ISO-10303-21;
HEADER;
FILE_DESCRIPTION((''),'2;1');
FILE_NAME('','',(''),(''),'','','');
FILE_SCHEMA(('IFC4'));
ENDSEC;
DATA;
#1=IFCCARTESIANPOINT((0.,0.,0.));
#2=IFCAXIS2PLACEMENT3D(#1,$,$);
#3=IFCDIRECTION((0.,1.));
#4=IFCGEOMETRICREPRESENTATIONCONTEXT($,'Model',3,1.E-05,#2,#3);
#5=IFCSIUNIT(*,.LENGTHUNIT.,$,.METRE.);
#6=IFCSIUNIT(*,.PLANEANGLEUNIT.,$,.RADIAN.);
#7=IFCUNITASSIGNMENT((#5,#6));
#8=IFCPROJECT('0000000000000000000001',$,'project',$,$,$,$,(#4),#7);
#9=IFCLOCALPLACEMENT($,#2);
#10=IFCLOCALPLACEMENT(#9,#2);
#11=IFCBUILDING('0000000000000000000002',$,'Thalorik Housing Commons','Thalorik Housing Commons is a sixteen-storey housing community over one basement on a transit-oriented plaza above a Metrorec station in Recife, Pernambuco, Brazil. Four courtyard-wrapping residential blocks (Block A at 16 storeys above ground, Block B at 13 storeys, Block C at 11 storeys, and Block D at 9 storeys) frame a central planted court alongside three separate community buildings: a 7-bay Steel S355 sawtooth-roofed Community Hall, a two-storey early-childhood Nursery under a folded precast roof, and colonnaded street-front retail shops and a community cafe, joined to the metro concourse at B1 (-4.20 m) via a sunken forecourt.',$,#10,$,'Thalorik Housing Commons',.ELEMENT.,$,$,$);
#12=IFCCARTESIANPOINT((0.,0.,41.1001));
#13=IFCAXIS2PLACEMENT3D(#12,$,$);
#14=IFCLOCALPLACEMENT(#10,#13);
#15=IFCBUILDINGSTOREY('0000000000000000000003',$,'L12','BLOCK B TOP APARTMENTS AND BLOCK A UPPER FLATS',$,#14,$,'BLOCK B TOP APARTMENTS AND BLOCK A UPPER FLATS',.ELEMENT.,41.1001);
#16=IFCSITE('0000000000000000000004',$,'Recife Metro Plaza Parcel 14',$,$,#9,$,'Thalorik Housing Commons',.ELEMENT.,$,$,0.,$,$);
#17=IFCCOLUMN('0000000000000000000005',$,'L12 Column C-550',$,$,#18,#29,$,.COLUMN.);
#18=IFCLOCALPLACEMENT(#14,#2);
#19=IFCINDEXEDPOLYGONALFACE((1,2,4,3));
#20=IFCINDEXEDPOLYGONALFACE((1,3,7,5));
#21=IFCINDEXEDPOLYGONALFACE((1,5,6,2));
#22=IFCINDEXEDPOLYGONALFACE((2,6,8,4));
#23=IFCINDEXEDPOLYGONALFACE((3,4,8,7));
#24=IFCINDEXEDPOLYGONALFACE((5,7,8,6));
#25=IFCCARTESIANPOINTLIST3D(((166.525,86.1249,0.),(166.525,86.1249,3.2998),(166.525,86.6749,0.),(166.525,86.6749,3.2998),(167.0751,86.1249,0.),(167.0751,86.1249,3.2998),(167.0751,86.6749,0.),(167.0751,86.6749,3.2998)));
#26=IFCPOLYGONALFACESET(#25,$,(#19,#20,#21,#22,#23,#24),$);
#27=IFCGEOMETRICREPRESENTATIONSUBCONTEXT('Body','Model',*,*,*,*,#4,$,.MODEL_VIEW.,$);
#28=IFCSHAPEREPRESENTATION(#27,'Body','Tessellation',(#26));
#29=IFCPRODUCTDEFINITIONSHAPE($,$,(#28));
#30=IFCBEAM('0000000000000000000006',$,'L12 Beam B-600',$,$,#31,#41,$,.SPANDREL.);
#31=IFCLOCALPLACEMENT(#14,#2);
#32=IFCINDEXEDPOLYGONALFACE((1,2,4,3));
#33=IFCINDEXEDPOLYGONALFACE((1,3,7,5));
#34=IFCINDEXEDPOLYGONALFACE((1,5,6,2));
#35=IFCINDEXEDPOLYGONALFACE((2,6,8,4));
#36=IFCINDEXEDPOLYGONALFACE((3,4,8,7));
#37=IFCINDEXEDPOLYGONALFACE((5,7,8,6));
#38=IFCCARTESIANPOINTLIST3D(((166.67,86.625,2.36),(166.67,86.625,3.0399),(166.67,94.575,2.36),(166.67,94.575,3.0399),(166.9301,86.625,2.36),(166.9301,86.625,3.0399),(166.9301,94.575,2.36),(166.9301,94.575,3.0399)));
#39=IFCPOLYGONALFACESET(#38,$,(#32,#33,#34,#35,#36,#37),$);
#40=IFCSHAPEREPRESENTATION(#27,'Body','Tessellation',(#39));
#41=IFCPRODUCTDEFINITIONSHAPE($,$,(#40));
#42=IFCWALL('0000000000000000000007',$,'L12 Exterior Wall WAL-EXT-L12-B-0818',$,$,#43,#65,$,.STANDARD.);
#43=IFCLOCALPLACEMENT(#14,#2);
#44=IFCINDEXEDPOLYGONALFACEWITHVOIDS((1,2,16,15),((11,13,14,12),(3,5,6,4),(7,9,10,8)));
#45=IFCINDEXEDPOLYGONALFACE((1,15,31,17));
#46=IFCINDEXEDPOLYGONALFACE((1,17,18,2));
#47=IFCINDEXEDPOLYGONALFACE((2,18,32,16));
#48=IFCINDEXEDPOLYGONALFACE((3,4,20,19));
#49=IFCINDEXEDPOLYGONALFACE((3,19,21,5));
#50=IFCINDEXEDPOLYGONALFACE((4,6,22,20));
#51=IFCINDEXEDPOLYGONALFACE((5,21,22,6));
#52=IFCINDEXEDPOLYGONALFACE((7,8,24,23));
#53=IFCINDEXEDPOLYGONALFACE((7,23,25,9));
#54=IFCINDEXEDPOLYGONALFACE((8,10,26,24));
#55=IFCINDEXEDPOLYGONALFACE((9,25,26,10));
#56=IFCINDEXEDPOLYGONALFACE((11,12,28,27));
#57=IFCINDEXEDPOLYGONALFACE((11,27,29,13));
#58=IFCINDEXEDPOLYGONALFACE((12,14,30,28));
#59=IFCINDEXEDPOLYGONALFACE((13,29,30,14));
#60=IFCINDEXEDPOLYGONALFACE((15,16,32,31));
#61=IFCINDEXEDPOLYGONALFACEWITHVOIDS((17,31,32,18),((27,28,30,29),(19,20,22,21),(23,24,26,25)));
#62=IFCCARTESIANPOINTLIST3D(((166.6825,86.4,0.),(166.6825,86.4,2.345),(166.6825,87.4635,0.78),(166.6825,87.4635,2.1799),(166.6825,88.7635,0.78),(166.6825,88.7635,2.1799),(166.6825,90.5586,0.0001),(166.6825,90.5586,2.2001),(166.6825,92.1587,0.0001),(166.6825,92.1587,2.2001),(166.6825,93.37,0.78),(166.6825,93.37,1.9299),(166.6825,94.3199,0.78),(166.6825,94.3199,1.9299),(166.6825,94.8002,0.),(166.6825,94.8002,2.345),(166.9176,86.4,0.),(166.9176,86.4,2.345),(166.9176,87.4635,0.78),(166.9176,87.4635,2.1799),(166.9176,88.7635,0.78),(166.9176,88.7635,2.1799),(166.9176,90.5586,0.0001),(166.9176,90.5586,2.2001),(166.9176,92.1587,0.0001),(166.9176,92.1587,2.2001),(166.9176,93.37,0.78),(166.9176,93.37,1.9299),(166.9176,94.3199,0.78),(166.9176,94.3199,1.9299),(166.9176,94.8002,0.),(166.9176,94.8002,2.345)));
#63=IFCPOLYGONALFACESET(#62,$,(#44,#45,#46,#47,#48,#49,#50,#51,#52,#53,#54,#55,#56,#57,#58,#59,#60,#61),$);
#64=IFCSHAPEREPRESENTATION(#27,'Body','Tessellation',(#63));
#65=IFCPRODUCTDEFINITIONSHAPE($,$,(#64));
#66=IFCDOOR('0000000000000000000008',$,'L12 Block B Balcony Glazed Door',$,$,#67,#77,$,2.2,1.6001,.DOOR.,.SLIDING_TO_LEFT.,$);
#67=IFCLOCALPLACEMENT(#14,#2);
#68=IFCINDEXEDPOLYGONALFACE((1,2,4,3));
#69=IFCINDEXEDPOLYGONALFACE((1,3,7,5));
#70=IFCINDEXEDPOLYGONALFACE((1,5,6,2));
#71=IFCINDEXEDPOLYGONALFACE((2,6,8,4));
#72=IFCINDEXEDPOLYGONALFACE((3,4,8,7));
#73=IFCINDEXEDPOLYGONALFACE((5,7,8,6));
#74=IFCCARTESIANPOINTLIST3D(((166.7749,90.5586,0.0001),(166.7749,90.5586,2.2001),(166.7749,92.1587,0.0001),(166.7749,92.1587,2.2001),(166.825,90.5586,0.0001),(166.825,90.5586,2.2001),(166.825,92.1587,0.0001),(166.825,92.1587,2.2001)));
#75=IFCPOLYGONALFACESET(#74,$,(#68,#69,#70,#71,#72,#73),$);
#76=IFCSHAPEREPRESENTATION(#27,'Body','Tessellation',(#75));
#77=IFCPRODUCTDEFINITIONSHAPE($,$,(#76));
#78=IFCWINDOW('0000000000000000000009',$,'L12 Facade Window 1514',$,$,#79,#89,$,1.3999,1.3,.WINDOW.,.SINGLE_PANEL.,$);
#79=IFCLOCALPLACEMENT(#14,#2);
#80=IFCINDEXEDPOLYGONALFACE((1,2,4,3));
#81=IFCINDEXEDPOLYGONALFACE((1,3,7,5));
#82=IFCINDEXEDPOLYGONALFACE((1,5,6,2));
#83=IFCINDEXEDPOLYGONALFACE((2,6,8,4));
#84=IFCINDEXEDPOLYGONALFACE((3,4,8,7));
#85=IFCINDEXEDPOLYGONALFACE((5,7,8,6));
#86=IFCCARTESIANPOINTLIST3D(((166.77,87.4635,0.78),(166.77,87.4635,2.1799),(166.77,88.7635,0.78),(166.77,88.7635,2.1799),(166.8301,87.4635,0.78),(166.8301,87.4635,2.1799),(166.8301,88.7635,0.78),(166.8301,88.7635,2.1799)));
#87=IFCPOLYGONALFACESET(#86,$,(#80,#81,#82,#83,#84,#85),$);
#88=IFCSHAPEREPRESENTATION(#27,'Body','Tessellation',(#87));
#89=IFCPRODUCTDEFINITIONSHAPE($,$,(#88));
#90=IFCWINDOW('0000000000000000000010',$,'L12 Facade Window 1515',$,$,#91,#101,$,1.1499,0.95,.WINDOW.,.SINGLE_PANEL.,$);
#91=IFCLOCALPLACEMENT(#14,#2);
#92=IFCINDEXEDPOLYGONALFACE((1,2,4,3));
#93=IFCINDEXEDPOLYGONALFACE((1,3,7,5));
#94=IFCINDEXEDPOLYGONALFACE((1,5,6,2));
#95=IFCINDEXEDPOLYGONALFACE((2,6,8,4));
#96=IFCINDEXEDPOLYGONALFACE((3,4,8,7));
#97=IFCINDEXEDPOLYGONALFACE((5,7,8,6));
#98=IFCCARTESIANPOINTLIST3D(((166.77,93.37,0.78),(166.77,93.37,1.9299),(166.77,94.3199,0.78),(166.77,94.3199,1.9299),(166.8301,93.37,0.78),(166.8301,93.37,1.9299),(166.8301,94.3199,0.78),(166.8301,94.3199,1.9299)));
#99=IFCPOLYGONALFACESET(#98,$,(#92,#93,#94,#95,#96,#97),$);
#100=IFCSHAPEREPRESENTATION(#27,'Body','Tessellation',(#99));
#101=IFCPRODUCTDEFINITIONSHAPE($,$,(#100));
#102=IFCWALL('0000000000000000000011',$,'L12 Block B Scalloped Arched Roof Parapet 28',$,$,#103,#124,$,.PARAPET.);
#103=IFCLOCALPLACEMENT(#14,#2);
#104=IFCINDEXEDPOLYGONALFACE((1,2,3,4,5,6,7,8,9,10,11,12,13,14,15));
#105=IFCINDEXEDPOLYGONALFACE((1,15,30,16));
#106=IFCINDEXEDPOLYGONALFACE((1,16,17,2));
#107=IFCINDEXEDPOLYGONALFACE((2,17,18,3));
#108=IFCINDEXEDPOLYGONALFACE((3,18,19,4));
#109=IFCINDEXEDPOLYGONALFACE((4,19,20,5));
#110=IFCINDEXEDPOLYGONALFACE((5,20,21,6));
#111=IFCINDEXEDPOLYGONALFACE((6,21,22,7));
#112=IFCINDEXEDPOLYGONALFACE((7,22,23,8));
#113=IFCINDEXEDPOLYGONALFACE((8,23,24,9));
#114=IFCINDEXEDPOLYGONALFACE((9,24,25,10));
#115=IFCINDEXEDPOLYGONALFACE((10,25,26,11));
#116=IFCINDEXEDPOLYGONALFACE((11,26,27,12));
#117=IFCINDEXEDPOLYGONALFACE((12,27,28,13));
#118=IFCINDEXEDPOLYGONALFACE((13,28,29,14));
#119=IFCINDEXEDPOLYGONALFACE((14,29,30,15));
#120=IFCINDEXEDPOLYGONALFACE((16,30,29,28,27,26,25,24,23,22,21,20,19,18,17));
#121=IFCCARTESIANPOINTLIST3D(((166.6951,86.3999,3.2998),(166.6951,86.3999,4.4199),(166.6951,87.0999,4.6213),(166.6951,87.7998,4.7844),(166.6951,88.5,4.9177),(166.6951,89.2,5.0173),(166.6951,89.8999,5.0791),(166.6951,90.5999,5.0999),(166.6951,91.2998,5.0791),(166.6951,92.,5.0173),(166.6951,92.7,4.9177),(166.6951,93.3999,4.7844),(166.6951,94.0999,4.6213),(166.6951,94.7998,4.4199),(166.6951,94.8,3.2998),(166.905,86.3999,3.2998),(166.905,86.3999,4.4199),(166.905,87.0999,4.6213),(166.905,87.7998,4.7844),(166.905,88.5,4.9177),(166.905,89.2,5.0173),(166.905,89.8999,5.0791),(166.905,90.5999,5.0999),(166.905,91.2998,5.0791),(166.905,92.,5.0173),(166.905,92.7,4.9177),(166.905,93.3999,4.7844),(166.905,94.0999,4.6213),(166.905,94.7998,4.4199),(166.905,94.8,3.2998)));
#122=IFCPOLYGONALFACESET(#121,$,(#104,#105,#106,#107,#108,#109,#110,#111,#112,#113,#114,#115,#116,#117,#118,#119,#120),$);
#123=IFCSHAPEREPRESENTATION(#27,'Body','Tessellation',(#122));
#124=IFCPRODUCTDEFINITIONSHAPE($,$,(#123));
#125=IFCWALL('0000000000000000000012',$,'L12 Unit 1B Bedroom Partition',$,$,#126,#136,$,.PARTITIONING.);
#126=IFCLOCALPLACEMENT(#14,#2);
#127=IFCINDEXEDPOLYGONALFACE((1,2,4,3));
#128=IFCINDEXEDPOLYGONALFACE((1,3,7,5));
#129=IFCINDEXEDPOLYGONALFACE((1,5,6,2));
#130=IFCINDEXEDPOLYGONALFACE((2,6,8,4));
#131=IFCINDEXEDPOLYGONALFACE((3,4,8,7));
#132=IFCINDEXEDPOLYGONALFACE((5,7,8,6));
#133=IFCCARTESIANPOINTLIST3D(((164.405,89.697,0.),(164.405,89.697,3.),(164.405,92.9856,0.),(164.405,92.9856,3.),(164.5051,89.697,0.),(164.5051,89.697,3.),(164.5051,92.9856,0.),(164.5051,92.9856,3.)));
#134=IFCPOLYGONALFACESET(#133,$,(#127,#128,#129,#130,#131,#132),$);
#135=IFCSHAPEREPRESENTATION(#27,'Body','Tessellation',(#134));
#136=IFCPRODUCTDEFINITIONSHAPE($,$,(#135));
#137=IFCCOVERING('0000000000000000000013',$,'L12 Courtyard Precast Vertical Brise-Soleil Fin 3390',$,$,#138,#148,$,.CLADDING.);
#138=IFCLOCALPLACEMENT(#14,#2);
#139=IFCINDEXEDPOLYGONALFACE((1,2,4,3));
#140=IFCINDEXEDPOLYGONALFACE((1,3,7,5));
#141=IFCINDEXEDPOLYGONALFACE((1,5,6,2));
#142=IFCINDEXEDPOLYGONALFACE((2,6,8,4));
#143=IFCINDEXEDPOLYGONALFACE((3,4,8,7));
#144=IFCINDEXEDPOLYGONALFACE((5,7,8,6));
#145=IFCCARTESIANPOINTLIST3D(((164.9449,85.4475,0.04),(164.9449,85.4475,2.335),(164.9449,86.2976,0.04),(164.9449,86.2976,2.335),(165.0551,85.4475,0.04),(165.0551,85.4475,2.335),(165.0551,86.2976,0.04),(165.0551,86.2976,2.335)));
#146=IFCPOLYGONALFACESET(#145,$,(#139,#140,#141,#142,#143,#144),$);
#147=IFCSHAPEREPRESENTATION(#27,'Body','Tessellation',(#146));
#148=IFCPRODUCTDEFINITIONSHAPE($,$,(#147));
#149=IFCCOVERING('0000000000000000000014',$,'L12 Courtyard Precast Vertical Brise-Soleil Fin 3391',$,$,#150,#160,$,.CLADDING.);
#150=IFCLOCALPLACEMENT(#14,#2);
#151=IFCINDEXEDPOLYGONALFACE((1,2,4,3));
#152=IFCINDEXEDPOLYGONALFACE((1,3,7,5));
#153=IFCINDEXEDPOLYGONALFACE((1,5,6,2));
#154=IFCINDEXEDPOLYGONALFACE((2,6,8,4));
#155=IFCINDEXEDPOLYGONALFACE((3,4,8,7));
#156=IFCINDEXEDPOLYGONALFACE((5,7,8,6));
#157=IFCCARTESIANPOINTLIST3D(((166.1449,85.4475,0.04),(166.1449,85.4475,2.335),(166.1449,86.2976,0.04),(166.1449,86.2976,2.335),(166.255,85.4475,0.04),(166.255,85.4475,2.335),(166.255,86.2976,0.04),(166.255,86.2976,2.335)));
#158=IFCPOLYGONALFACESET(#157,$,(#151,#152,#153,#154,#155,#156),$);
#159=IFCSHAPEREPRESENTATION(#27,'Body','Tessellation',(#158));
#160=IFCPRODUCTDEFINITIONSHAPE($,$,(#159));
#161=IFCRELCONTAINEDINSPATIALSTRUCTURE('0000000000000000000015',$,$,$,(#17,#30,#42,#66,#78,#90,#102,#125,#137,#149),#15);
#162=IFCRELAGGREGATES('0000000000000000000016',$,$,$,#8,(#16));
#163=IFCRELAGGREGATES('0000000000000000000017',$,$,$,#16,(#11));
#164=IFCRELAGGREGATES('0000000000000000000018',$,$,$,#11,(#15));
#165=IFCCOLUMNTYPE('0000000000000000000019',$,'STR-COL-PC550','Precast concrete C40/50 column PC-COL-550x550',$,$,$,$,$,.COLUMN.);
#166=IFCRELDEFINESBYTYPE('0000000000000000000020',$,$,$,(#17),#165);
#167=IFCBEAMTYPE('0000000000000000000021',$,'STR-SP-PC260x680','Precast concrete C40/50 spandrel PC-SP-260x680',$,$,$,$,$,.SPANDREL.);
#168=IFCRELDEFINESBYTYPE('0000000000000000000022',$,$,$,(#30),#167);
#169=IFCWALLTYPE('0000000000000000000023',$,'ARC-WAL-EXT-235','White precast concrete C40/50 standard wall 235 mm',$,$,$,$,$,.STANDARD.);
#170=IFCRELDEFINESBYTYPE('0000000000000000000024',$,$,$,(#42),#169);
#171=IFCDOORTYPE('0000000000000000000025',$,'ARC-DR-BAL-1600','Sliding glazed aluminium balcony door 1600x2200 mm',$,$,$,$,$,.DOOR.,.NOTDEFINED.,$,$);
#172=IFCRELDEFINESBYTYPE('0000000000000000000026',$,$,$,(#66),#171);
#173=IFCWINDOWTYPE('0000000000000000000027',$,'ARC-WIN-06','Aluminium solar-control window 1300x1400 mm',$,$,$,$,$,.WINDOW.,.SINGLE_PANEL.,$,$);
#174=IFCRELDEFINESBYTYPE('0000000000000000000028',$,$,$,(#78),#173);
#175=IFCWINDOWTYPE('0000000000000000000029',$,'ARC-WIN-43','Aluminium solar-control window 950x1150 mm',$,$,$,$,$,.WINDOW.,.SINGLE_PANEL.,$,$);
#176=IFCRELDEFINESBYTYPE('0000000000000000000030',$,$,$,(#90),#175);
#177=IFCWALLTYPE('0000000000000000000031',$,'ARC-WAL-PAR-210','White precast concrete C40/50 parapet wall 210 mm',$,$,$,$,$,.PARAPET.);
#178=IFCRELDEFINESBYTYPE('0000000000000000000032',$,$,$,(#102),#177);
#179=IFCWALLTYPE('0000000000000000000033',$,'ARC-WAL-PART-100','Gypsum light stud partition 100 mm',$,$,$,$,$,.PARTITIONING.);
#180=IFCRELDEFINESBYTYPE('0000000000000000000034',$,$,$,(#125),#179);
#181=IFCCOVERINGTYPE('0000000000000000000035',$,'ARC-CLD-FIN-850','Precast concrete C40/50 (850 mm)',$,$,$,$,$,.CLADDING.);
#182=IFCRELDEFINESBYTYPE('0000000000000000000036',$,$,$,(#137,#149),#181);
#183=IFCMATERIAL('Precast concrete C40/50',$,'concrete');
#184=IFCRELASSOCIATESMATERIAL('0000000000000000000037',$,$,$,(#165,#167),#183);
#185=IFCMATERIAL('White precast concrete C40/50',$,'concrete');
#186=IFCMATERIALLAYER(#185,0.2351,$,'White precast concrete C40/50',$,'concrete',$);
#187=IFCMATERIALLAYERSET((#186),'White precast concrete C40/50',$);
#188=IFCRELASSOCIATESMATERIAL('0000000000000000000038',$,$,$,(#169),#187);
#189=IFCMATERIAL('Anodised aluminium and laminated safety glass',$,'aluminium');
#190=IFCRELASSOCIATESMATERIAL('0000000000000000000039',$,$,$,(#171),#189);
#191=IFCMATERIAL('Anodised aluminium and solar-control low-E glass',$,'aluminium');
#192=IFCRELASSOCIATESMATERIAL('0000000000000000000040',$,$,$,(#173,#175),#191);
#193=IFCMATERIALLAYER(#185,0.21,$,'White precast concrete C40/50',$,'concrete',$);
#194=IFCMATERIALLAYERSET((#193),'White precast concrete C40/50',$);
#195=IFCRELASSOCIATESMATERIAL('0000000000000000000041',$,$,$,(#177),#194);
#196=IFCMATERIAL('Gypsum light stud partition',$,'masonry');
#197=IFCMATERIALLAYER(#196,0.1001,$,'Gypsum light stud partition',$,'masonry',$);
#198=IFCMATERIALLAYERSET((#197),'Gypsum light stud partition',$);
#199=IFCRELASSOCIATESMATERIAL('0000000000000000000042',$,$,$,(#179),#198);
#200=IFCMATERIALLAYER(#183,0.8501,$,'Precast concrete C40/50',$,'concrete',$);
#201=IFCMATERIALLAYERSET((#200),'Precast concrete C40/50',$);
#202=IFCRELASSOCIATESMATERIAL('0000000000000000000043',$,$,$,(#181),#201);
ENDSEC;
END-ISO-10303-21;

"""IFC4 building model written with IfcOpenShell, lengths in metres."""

from ifc_helpers import new_model, si_unit, direction, frame, frame_2d, origin, origin_2d, place, context, subcontext, project, spatial, polyline, rectangle, outline, extrude, material, layer, layer_set, material_profile, profile_set, type_object, element, fill, save


model = new_model("IFC4")

# Units and contexts
model_context = context("Model", 3, precision=1e-05, world=origin(), true_north=direction((0.0, 1.0)))
body_context = subcontext(model_context, "Body", "Model", "MODEL_VIEW")
ifc_project = project(units=[si_unit("LENGTHUNIT", "METRE"), si_unit("PLANEANGLEUNIT", "RADIAN")], contexts=[model_context])

# Site, building, storey
site_placement = place(None, origin())
site = spatial("IfcSite", under=ifc_project, at=site_placement, Name="Recife Metro Plaza Parcel 14", LongName="Thalorik Housing Commons", CompositionType="ELEMENT", RefElevation=0.0)
building_placement = place(site_placement, origin())
building = spatial("IfcBuilding", under=site, at=building_placement, Name="Thalorik Housing Commons", Description="Thalorik Housing Commons is a sixteen-storey housing community over one basement on a transit-oriented plaza above a Metrorec station in Recife, Pernambuco, Brazil. Four courtyard-wrapping residential blocks (Block A at 16 storeys above ground, Block B at 13 storeys, Block C at 11 storeys, and Block D at 9 storeys) frame a central planted court alongside three separate community buildings: a 7-bay Steel S355 sawtooth-roofed Community Hall, a two-storey early-childhood Nursery under a folded precast roof, and colonnaded street-front retail shops and a community cafe, joined to the metro concourse at B1 (-4.20 m) via a sunken forecourt.", LongName="Thalorik Housing Commons", CompositionType="ELEMENT")
storey_placement = place(building_placement, frame((0.0, 0.0, 41.1001)))
storey = spatial("IfcBuildingStorey", under=building, at=storey_placement, Name="L12", Description="BLOCK B TOP APARTMENTS AND BLOCK A UPPER FLATS", LongName="BLOCK B TOP APARTMENTS AND BLOCK A UPPER FLATS", CompositionType="ELEMENT", Elevation=41.1001)

# Column
ifc_material_1 = material(Name="Precast concrete C40/50", Category="concrete")
ifc_material_profile_1 = material_profile(ifc_material_1, rectangle(XDim=0.55, YDim=0.55, at=origin_2d()), Name="PC 550x550", Category="concrete")
ifc_profile_set_1 = profile_set([ifc_material_profile_1], Name="Precast concrete C40/50")
column_type = type_object("IfcColumnType", Name="STR-COL-PC550", Description="Precast concrete C40/50 column PC-COL-550x550", PredefinedType="COLUMN", material=ifc_profile_set_1)
column_placement = place(storey_placement, frame((166.8, 86.3999, 0.0), z_axis=(0.0, 0.0, 1.0), x_axis=(1.0, 0.0, 0.0)))
element("IfcColumn", 1, at=column_placement, inside=storey, type_object=column_type, Name="L12 Column C-550", PredefinedType="COLUMN", context=body_context, shape_type="SweptSolid", body=[
    extrude(rectangle(XDim=0.55, YDim=0.55, at=origin_2d()), origin(), (0.0, 0.0, 1.0), 3.2998),
])

# Beam
ifc_material_profile_2 = material_profile(ifc_material_1, rectangle(XDim=0.26, YDim=0.6799, at=origin_2d()), Name="PC SP 260x680", Category="concrete")
ifc_profile_set_2 = profile_set([ifc_material_profile_2], Name="Precast concrete C40/50")
beam_type = type_object("IfcBeamType", Name="STR-SP-PC260x680", Description="Precast concrete C40/50 spandrel PC-SP-260x680", PredefinedType="SPANDREL", material=ifc_profile_set_2)
beam_placement = place(storey_placement, frame((166.8, 86.625, 2.7), z_axis=(0.0, 1.0, 0.0), x_axis=(-1.0, 0.0, 0.0)))
element("IfcBeam", 2, at=beam_placement, inside=storey, type_object=beam_type, Name="L12 Beam B-600", PredefinedType="SPANDREL", context=body_context, shape_type="SweptSolid", body=[
    extrude(rectangle(XDim=0.26, YDim=0.6799, at=origin_2d()), origin(), (0.0, 0.0, 1.0), 7.95),
])

# Wall, openings, door, windows
ifc_material_2 = material(Name="White precast concrete C40/50", Category="concrete")
ifc_layer_1 = layer(ifc_material_2, 0.2351, Name="White precast concrete C40/50", Category="concrete")
ifc_layer_set_1 = layer_set([ifc_layer_1], Name="White precast concrete C40/50")
wall_type_1 = type_object("IfcWallType", Name="ARC-WAL-EXT-235", Description="White precast concrete C40/50 standard wall 235 mm", PredefinedType="STANDARD", material=ifc_layer_set_1)
wall_1_placement = place(storey_placement, frame((166.8, 86.3999, 0.0), z_axis=(0.0, 0.0, 1.0), x_axis=(0.0, 1.0, 0.0)))
wall_1 = element("IfcWall", 3, at=wall_1_placement, inside=storey, type_object=wall_type_1, Name="L12 Exterior Wall WAL-EXT-L12-B-0818", PredefinedType="STANDARD", context=body_context, shape_type="SweptSolid", body=[
    extrude(rectangle(XDim=8.4001, YDim=0.2351, at=frame_2d((4.2002, 0.0))), origin(), (0.0, 0.0, 1.0), 2.345),
])
opening_1_placement = place(wall_1_placement, frame((4.1587, 0.0, 0.0)))
opening_1 = element("IfcOpeningElement", 4, at=opening_1_placement, cuts=wall_1, PredefinedType="OPENING", context=body_context, shape_type="SweptSolid", body=[
    extrude(rectangle(XDim=1.6001, YDim=2.2, at=frame_2d((0.8, 1.1001))), frame((0.0, 0.1274, 0.0), z_axis=(0.0, -1.0, 0.0), x_axis=(1.0, 0.0, 0.0)), (0.0, 0.0, 1.0), 0.2551),
])
opening_2_placement = place(wall_1_placement, frame((1.0637, 0.0, 0.78)))
opening_2 = element("IfcOpeningElement", 5, at=opening_2_placement, cuts=wall_1, PredefinedType="OPENING", context=body_context, shape_type="SweptSolid", body=[
    extrude(rectangle(XDim=1.3, YDim=1.3999, at=frame_2d((0.6499, 0.7))), frame((0.0, 0.1274, 0.0), z_axis=(0.0, -1.0, 0.0), x_axis=(1.0, 0.0, 0.0)), (0.0, 0.0, 1.0), 0.2551),
])
opening_3_placement = place(wall_1_placement, frame((6.97, 0.0, 0.78)))
opening_3 = element("IfcOpeningElement", 6, at=opening_3_placement, cuts=wall_1, PredefinedType="OPENING", context=body_context, shape_type="SweptSolid", body=[
    extrude(rectangle(XDim=0.95, YDim=1.1499, at=frame_2d((0.4751, 0.575))), frame((0.0, 0.1274, 0.0), z_axis=(0.0, -1.0, 0.0), x_axis=(1.0, 0.0, 0.0)), (0.0, 0.0, 1.0), 0.2551),
])
ifc_material_3 = material(Name="Anodised aluminium and laminated safety glass", Category="aluminium")
door_type = type_object("IfcDoorType", Name="ARC-DR-BAL-1600", Description="Sliding glazed aluminium balcony door 1600x2200 mm", OperationType="NOTDEFINED", PredefinedType="DOOR", material=ifc_material_3)
door_placement = place(opening_1_placement, frame((1.6001, 0.0, 0.0), z_axis=(0.0, 0.0, 1.0), x_axis=(-1.0, 0.0, 0.0)))
door = element("IfcDoor", 7, at=door_placement, inside=storey, type_object=door_type, Name="L12 Block B Balcony Glazed Door", OperationType="SLIDING_TO_LEFT", OverallHeight=2.2, OverallWidth=1.6001, PredefinedType="DOOR", context=body_context, shape_type="SweptSolid", body=[
    extrude(rectangle(XDim=1.6001, YDim=2.2, at=frame_2d((0.8, 1.1001))), frame((0.0, 0.0249, 0.0), z_axis=(0.0, -1.0, 0.0), x_axis=(1.0, 0.0, 0.0)), (0.0, 0.0, 1.0), 0.05),
])
fill(opening_1, door)
ifc_material_4 = material(Name="Anodised aluminium and solar-control low-E glass", Category="aluminium")
window_type_1 = type_object("IfcWindowType", Name="ARC-WIN-06", Description="Aluminium solar-control window 1300x1400 mm", PartitioningType="SINGLE_PANEL", PredefinedType="WINDOW", material=ifc_material_4)
window_1_placement = place(opening_2_placement, origin())
window_1 = element("IfcWindow", 8, at=window_1_placement, inside=storey, type_object=window_type_1, Name="L12 Facade Window 1514", OverallHeight=1.3999, OverallWidth=1.3, PartitioningType="SINGLE_PANEL", PredefinedType="WINDOW", context=body_context, shape_type="SweptSolid", body=[
    extrude(rectangle(XDim=1.3, YDim=1.3999, at=frame_2d((0.6499, 0.7))), frame((0.0, 0.03, 0.0), z_axis=(0.0, -1.0, 0.0), x_axis=(1.0, 0.0, 0.0)), (0.0, 0.0, 1.0), 0.0601),
])
fill(opening_2, window_1)
window_type_2 = type_object("IfcWindowType", Name="ARC-WIN-43", Description="Aluminium solar-control window 950x1150 mm", PartitioningType="SINGLE_PANEL", PredefinedType="WINDOW", material=ifc_material_4)
window_2_placement = place(opening_3_placement, origin())
window_2 = element("IfcWindow", 9, at=window_2_placement, inside=storey, type_object=window_type_2, Name="L12 Facade Window 1515", OverallHeight=1.1499, OverallWidth=0.95, PartitioningType="SINGLE_PANEL", PredefinedType="WINDOW", context=body_context, shape_type="SweptSolid", body=[
    extrude(rectangle(XDim=0.95, YDim=1.1499, at=frame_2d((0.4751, 0.575))), frame((0.0, 0.03, 0.0), z_axis=(0.0, -1.0, 0.0), x_axis=(1.0, 0.0, 0.0)), (0.0, 0.0, 1.0), 0.0601),
])
fill(opening_3, window_2)

# Walls
ifc_layer_2 = layer(ifc_material_2, 0.21, Name="White precast concrete C40/50", Category="concrete")
ifc_layer_set_2 = layer_set([ifc_layer_2], Name="White precast concrete C40/50")
wall_type_2 = type_object("IfcWallType", Name="ARC-WAL-PAR-210", Description="White precast concrete C40/50 parapet wall 210 mm", PredefinedType="PARAPET", material=ifc_layer_set_2)
wall_2_placement = place(storey_placement, frame((166.8, 86.3999, 3.2998), z_axis=(0.0, 0.0, 1.0), x_axis=(0.0, 1.0, 0.0)))
element("IfcWall", 10, at=wall_2_placement, inside=storey, type_object=wall_type_2, Name="L12 Block B Scalloped Arched Roof Parapet 28", PredefinedType="PARAPET", context=body_context, shape_type="SweptSolid", body=[
    extrude(outline(polyline([(0.0, 0.0), (8.4001, 0.0), (8.3999, 1.1201), (7.7, 1.3215), (7.0, 1.4846), (6.3, 1.6179), (5.6001, 1.7175), (4.8999, 1.7793), (4.2, 1.8), (3.5, 1.7793), (2.8, 1.7175), (2.1001, 1.6179), (1.3999, 1.4846), (0.7, 1.3215), (0.0, 1.1201), (0.0, 0.0)])), frame((0.0, 0.105, 0.0), z_axis=(0.0, -1.0, 0.0), x_axis=(1.0, 0.0, 0.0)), (0.0, 0.0, 1.0), 0.21),
])
ifc_material_5 = material(Name="Gypsum light stud partition", Category="masonry")
ifc_layer_3 = layer(ifc_material_5, 0.1001, Name="Gypsum light stud partition", Category="masonry")
ifc_layer_set_3 = layer_set([ifc_layer_3], Name="Gypsum light stud partition")
wall_type_3 = type_object("IfcWallType", Name="ARC-WAL-PART-100", Description="Gypsum light stud partition 100 mm", PredefinedType="PARTITIONING", material=ifc_layer_set_3)
wall_3_placement = place(storey_placement, frame((164.4551, 89.697, 0.0), z_axis=(0.0, 0.0, 1.0), x_axis=(0.0, 1.0, 0.0)))
element("IfcWall", 11, at=wall_3_placement, inside=storey, type_object=wall_type_3, Name="L12 Unit 1B Bedroom Partition", PredefinedType="PARTITIONING", context=body_context, shape_type="SweptSolid", body=[
    extrude(rectangle(XDim=3.2886, YDim=0.1001, at=frame_2d((1.6443, 0.0))), origin(), (0.0, 0.0, 1.0), 3.0),
])

# Coverings
ifc_layer_4 = layer(ifc_material_1, 0.8501, Name="Precast concrete C40/50", Category="concrete")
ifc_layer_set_4 = layer_set([ifc_layer_4], Name="Precast concrete C40/50")
covering_type_1 = type_object("IfcCoveringType", Name="ARC-CLD-FIN-850", Description="Precast concrete C40/50 (850 mm)", PredefinedType="CLADDING", material=ifc_layer_set_4)
for number, where, z_axis, x_axis, name in (
    (12, (165.0, 85.8726, 0.04), (0.0, 0.0, 1.0), (1.0, 0.0, 0.0), "L12 Courtyard Precast Vertical Brise-Soleil Fin 3390"),
    (13, (166.2, 85.8726, 0.04), (0.0, 0.0, 1.0), (1.0, 0.0, 0.0), "L12 Courtyard Precast Vertical Brise-Soleil Fin 3391"),
):
    element("IfcCovering", number, at=place(storey_placement, frame(where, z_axis=z_axis, x_axis=x_axis)), inside=storey, type_object=covering_type_1, Name=name, PredefinedType="CLADDING", context=body_context, shape_type="SweptSolid", body=[
        extrude(rectangle(XDim=0.1101, YDim=0.8501, at=origin_2d()), origin(), (0.0, 0.0, 1.0), 2.2949),
    ])

save(model, "model.ifc")
